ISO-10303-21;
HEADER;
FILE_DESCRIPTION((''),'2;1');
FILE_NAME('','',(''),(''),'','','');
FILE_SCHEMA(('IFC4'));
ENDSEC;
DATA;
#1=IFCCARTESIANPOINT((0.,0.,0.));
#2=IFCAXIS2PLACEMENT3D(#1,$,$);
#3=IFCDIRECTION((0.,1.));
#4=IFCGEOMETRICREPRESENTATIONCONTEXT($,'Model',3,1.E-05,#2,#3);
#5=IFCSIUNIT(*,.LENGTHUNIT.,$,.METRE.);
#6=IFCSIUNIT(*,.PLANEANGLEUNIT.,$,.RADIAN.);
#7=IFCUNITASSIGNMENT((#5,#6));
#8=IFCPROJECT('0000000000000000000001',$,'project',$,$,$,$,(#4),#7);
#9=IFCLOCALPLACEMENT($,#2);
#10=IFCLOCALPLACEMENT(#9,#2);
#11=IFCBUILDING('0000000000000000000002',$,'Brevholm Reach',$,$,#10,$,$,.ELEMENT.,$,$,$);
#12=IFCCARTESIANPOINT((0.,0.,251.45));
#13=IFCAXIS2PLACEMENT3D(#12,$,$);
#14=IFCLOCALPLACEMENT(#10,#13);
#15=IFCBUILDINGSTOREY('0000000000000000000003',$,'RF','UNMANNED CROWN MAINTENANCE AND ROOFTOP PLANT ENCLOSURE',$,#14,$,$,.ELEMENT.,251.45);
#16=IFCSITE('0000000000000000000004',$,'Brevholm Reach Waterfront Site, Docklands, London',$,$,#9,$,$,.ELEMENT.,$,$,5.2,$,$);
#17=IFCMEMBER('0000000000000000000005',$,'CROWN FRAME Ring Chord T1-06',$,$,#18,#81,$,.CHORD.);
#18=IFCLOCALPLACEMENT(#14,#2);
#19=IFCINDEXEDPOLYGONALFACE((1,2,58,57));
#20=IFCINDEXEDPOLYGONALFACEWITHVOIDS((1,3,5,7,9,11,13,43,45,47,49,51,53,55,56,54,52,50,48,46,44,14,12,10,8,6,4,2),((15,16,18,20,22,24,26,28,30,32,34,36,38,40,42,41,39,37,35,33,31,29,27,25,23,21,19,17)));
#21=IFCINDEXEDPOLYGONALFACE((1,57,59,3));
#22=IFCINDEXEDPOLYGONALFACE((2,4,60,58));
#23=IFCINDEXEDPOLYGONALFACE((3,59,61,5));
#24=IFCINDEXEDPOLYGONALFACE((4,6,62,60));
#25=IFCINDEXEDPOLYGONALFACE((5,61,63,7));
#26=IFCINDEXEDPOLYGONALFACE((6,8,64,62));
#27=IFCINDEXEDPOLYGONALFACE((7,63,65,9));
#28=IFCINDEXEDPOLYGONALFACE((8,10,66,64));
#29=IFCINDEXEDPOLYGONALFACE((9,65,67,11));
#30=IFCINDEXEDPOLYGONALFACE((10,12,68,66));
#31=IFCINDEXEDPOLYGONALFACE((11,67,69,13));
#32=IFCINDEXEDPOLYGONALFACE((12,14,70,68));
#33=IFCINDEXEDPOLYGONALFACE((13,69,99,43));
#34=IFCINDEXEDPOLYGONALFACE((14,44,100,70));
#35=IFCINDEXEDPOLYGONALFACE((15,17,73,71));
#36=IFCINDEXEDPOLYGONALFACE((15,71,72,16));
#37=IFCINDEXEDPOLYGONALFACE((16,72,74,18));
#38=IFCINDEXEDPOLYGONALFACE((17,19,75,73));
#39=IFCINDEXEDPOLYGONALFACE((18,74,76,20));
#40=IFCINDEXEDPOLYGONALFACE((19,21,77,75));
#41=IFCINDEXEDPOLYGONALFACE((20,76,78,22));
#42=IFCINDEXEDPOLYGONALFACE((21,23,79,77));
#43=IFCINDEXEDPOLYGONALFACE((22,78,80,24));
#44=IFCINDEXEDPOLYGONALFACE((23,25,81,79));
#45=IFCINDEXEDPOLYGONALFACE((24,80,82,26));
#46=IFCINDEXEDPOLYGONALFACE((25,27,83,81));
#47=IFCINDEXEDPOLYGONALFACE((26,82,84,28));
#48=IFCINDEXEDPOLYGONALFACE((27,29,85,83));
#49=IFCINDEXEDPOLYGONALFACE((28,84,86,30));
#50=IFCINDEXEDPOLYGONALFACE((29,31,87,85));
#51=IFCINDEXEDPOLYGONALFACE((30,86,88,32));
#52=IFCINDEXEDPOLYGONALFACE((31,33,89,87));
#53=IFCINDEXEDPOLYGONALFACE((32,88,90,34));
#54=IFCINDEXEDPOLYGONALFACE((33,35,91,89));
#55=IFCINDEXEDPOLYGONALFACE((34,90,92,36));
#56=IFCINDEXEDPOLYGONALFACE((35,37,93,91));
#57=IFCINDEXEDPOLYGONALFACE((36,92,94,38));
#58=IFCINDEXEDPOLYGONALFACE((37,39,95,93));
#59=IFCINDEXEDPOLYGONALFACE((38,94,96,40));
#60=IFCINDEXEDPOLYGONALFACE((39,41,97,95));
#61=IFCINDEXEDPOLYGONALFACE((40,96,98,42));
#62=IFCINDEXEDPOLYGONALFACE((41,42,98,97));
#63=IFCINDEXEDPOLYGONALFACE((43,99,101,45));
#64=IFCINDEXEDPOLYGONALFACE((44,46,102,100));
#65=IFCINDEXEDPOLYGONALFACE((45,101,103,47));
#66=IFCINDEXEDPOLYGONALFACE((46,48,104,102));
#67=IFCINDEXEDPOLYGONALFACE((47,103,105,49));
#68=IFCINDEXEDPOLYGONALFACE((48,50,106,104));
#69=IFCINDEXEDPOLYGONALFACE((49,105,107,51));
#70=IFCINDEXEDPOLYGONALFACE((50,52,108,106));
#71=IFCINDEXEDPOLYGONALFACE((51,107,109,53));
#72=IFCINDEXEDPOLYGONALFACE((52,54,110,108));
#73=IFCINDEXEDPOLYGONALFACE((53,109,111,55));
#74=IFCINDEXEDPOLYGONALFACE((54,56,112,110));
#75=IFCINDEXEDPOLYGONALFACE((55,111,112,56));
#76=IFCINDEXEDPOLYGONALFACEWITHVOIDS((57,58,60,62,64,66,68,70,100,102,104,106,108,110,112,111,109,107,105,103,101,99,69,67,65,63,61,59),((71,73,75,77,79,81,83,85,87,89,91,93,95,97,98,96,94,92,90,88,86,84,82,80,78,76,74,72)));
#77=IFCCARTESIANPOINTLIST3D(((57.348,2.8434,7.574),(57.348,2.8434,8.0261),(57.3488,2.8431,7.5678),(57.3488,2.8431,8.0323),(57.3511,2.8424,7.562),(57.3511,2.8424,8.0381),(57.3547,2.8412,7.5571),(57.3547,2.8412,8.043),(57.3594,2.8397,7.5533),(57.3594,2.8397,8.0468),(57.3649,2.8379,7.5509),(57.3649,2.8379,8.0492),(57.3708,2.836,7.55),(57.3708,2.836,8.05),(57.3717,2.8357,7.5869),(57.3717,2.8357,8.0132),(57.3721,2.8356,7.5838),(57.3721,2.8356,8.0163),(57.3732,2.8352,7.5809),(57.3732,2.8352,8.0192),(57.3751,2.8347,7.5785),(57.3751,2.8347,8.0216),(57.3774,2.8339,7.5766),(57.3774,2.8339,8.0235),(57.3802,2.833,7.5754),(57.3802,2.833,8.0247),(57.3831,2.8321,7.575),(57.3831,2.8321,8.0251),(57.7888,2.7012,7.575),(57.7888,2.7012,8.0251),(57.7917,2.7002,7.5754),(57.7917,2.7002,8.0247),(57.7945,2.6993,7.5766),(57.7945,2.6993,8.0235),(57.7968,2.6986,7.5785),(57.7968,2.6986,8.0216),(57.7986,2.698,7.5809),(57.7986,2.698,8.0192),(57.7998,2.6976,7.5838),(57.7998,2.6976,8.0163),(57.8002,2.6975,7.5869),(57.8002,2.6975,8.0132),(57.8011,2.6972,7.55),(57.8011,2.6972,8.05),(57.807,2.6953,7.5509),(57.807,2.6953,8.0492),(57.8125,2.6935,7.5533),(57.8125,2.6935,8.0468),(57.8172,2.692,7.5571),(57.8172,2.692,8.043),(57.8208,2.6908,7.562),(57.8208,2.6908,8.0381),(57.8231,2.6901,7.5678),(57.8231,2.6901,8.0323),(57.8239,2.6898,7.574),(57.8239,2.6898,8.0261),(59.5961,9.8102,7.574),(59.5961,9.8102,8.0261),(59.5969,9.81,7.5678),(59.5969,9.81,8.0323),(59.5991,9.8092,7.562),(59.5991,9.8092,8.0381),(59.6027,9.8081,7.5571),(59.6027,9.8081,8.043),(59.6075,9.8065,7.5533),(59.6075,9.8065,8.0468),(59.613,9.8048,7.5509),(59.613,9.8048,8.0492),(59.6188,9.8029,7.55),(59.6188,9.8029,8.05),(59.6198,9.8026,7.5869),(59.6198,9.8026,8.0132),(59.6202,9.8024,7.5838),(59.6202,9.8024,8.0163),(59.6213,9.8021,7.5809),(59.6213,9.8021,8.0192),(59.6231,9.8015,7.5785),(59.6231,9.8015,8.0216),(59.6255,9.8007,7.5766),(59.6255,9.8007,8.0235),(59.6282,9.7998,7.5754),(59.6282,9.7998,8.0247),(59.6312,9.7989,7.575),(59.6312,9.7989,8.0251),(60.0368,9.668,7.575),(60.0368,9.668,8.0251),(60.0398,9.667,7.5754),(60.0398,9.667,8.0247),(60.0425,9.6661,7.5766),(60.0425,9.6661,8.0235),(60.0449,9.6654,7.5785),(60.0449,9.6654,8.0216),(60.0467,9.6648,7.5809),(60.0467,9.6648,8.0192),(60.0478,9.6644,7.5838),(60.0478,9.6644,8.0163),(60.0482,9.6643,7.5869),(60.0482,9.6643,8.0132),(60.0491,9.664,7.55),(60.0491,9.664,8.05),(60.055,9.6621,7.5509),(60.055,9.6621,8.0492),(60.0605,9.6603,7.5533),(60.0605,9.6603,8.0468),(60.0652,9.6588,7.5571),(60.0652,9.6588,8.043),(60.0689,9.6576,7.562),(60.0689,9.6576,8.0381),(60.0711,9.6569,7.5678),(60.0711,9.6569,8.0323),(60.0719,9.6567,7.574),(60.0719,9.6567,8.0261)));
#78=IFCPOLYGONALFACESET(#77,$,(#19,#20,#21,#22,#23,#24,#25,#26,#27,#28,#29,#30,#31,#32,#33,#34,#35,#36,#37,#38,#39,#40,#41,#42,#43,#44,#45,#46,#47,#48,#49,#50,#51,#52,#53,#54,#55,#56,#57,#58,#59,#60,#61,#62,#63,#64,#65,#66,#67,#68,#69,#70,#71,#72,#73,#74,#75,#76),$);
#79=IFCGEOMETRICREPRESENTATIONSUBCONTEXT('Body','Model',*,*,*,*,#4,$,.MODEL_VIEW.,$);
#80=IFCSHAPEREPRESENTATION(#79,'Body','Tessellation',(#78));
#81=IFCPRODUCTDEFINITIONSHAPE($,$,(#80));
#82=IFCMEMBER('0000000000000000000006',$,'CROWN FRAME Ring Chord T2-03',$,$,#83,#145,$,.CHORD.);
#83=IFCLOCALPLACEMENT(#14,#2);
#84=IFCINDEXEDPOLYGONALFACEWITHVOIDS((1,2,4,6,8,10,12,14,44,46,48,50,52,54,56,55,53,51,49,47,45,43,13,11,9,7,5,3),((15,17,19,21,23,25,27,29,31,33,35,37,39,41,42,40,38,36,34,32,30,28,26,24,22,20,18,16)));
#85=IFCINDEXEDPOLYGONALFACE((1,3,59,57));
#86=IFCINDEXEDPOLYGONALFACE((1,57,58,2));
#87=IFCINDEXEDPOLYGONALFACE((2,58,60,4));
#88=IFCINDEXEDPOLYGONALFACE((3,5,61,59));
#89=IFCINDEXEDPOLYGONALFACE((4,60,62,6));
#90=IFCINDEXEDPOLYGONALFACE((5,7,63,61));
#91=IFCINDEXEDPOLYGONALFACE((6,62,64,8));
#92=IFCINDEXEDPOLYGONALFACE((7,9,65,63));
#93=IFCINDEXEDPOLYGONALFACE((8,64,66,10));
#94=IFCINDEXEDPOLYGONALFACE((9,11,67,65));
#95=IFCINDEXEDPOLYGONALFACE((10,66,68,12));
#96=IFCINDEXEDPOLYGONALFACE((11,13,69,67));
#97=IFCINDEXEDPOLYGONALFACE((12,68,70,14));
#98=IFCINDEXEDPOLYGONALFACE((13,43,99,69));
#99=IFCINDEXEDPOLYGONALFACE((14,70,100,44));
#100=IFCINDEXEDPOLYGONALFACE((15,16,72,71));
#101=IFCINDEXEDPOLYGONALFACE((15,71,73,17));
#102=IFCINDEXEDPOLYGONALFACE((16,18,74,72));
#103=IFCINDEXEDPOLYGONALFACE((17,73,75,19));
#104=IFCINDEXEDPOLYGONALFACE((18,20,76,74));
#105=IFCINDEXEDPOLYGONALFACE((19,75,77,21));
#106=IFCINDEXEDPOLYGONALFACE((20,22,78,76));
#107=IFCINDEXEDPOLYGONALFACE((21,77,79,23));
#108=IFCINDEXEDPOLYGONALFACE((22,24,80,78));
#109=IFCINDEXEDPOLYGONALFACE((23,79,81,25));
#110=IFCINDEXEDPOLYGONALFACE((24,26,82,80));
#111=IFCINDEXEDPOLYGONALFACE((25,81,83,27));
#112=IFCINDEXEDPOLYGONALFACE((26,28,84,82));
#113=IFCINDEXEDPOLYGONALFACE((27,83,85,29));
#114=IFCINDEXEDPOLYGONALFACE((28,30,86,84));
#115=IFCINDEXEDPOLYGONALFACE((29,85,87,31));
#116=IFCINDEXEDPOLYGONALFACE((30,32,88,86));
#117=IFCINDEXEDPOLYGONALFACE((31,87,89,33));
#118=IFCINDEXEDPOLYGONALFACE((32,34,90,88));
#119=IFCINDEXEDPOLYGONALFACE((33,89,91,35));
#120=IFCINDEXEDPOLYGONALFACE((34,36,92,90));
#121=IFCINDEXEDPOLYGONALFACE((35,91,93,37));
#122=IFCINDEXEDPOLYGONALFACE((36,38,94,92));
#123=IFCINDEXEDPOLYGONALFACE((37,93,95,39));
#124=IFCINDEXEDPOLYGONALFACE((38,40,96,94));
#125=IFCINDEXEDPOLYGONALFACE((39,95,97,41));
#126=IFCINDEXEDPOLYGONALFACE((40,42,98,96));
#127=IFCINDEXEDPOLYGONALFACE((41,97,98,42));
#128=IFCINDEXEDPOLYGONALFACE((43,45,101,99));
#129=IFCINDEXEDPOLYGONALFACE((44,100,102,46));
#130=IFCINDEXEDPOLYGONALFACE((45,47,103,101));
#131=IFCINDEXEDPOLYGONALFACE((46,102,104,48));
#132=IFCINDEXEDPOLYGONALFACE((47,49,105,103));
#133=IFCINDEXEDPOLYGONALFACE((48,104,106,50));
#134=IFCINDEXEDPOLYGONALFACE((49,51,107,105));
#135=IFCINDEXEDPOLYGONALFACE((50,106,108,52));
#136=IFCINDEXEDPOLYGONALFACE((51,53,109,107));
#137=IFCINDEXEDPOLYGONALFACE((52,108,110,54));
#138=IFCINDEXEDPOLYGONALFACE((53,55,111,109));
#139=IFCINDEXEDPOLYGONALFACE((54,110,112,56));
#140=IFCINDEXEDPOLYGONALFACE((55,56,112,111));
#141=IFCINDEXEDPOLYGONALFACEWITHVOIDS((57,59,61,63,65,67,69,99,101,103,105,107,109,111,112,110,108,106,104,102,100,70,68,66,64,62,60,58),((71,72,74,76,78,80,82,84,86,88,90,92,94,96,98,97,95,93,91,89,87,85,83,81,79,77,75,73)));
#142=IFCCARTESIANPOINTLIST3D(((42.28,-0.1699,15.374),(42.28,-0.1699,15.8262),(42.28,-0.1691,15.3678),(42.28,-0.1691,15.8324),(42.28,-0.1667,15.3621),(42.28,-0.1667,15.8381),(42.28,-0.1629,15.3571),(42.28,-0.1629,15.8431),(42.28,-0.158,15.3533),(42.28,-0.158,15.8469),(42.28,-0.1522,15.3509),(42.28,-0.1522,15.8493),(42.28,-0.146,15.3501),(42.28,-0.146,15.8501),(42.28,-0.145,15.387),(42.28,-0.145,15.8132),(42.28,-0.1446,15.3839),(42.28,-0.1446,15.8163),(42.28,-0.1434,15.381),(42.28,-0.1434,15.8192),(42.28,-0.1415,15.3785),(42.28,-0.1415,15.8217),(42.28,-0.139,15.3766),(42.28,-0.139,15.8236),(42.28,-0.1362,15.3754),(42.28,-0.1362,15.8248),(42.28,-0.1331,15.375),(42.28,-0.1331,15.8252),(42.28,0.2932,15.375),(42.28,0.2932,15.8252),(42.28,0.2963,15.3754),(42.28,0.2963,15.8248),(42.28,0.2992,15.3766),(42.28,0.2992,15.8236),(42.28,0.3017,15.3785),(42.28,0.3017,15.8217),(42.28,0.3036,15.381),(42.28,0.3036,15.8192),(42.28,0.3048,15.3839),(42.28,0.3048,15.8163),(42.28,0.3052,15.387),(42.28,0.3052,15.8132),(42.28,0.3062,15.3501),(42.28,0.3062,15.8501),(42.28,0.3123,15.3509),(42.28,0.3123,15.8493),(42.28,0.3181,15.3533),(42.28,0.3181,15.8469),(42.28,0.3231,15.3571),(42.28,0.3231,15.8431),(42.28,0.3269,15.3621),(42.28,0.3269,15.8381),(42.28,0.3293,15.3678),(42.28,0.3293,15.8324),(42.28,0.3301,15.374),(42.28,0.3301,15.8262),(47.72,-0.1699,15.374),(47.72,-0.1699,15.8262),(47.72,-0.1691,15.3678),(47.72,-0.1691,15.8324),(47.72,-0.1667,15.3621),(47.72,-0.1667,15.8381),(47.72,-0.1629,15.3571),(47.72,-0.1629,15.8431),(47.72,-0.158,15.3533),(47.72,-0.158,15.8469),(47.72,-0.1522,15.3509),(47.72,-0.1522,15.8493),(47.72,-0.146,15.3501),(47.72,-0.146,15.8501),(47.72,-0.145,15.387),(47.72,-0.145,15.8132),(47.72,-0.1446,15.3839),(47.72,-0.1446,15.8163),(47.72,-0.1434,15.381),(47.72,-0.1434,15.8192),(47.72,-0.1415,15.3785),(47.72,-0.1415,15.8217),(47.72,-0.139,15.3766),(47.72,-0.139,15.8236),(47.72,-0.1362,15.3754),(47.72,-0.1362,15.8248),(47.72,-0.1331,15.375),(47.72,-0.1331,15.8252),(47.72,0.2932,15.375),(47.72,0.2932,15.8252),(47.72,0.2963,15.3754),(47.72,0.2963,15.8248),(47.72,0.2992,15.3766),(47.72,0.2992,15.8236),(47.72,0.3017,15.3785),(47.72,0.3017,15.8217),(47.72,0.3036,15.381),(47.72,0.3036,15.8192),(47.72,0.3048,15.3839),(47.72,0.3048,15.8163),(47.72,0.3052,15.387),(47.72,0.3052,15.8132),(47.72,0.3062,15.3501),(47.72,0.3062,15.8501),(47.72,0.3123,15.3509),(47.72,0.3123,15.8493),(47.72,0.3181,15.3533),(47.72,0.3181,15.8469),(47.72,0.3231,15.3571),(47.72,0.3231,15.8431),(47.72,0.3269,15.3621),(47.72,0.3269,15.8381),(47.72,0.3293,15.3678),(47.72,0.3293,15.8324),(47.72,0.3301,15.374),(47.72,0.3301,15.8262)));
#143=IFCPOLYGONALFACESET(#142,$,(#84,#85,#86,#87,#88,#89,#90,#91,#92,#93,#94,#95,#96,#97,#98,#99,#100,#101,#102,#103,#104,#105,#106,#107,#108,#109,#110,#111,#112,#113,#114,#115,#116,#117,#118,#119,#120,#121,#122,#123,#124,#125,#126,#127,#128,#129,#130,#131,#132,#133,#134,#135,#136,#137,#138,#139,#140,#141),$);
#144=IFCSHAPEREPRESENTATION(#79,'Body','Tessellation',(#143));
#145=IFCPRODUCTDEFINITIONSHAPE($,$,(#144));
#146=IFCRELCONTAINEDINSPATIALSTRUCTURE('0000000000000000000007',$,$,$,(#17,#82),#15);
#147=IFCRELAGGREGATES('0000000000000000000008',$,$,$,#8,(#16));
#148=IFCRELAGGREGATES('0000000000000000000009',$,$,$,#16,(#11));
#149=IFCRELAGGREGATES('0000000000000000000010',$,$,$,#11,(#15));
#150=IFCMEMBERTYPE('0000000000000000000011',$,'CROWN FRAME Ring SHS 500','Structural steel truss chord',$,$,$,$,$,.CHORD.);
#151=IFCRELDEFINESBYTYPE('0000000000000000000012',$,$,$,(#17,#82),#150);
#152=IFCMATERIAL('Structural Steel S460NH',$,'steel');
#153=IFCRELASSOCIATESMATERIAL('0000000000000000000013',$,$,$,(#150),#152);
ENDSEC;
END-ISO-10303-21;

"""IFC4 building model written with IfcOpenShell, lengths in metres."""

from ifc_helpers import new_model, si_unit, direction, frame, origin, origin_2d, place, context, subcontext, project, spatial, hollow_rectangle, extrude, material, material_profile, profile_set, type_object, element, save


model = new_model("IFC4")

# Units and contexts
model_context = context("Model", 3, precision=1e-05, world=origin(), true_north=direction((0.0, 1.0)))
body_context = subcontext(model_context, "Body", "Model", "MODEL_VIEW")
ifc_project = project(units=[si_unit("LENGTHUNIT", "METRE"), si_unit("PLANEANGLEUNIT", "RADIAN")], contexts=[model_context])

# Site, building, storey
site_placement = place(None, origin())
site = spatial("IfcSite", under=ifc_project, at=site_placement, Name="Brevholm Reach Waterfront Site, Docklands, London", CompositionType="ELEMENT", RefElevation=5.2)
building_placement = place(site_placement, origin())
building = spatial("IfcBuilding", under=site, at=building_placement, Name="Brevholm Reach", CompositionType="ELEMENT")
storey_placement = place(building_placement, frame((0.0, 0.0, 251.45)))
storey = spatial("IfcBuildingStorey", under=building, at=storey_placement, Name="RF", Description="UNMANNED CROWN MAINTENANCE AND ROOFTOP PLANT ENCLOSURE", CompositionType="ELEMENT", Elevation=251.45)

# Members
ifc_material_1 = material(Name="Structural Steel S460NH", Category="steel")
ifc_material_profile_1 = material_profile(ifc_material_1, hollow_rectangle(XDim=0.5, YDim=0.5, WallThickness=0.0249, InnerFilletRadius=0.012, OuterFilletRadius=0.0239, at=origin_2d()), Name="SHS 500x500x25")
ifc_profile_set_1 = profile_set([ifc_material_profile_1], Name="Structural Steel S460NH")
member_type_1 = type_object("IfcMemberType", Name="CROWN FRAME Ring SHS 500", Description="Structural steel truss chord", PredefinedType="CHORD", material=ifc_profile_set_1)
member_1_placement = place(storey_placement, frame((57.5859, 2.7666, 7.8), z_axis=(0.307089, 0.951681, 0.0), x_axis=(-0.951681, 0.307089, 0.0)))
element("IfcMember", 1, at=member_1_placement, inside=storey, type_object=member_type_1, Name="CROWN FRAME Ring Chord T1-06", PredefinedType="CHORD", context=body_context, shape_type="SweptSolid", body=[
    extrude(hollow_rectangle(XDim=0.5, YDim=0.5, WallThickness=0.0249, InnerFilletRadius=0.012, OuterFilletRadius=0.0239, at=origin_2d()), origin(), (0.0, 0.0, 1.0), 7.3206),
])
for number, where, z_axis, x_axis, name in (
    (2, (42.28, 0.0801, 15.6001), (1.0, 0.0, 0.0), (0.0, 1.0, 0.0), "CROWN FRAME Ring Chord T2-03"),
):
    element("IfcMember", number, at=place(storey_placement, frame(where, z_axis=z_axis, x_axis=x_axis)), inside=storey, type_object=member_type_1, Name=name, PredefinedType="CHORD", context=body_context, shape_type="SweptSolid", body=[
        extrude(hollow_rectangle(XDim=0.5, YDim=0.5, WallThickness=0.0249, InnerFilletRadius=0.012, OuterFilletRadius=0.0239, at=origin_2d()), origin(), (0.0, 0.0, 1.0), 5.4399),
    ])

save(model, "model.ifc")
